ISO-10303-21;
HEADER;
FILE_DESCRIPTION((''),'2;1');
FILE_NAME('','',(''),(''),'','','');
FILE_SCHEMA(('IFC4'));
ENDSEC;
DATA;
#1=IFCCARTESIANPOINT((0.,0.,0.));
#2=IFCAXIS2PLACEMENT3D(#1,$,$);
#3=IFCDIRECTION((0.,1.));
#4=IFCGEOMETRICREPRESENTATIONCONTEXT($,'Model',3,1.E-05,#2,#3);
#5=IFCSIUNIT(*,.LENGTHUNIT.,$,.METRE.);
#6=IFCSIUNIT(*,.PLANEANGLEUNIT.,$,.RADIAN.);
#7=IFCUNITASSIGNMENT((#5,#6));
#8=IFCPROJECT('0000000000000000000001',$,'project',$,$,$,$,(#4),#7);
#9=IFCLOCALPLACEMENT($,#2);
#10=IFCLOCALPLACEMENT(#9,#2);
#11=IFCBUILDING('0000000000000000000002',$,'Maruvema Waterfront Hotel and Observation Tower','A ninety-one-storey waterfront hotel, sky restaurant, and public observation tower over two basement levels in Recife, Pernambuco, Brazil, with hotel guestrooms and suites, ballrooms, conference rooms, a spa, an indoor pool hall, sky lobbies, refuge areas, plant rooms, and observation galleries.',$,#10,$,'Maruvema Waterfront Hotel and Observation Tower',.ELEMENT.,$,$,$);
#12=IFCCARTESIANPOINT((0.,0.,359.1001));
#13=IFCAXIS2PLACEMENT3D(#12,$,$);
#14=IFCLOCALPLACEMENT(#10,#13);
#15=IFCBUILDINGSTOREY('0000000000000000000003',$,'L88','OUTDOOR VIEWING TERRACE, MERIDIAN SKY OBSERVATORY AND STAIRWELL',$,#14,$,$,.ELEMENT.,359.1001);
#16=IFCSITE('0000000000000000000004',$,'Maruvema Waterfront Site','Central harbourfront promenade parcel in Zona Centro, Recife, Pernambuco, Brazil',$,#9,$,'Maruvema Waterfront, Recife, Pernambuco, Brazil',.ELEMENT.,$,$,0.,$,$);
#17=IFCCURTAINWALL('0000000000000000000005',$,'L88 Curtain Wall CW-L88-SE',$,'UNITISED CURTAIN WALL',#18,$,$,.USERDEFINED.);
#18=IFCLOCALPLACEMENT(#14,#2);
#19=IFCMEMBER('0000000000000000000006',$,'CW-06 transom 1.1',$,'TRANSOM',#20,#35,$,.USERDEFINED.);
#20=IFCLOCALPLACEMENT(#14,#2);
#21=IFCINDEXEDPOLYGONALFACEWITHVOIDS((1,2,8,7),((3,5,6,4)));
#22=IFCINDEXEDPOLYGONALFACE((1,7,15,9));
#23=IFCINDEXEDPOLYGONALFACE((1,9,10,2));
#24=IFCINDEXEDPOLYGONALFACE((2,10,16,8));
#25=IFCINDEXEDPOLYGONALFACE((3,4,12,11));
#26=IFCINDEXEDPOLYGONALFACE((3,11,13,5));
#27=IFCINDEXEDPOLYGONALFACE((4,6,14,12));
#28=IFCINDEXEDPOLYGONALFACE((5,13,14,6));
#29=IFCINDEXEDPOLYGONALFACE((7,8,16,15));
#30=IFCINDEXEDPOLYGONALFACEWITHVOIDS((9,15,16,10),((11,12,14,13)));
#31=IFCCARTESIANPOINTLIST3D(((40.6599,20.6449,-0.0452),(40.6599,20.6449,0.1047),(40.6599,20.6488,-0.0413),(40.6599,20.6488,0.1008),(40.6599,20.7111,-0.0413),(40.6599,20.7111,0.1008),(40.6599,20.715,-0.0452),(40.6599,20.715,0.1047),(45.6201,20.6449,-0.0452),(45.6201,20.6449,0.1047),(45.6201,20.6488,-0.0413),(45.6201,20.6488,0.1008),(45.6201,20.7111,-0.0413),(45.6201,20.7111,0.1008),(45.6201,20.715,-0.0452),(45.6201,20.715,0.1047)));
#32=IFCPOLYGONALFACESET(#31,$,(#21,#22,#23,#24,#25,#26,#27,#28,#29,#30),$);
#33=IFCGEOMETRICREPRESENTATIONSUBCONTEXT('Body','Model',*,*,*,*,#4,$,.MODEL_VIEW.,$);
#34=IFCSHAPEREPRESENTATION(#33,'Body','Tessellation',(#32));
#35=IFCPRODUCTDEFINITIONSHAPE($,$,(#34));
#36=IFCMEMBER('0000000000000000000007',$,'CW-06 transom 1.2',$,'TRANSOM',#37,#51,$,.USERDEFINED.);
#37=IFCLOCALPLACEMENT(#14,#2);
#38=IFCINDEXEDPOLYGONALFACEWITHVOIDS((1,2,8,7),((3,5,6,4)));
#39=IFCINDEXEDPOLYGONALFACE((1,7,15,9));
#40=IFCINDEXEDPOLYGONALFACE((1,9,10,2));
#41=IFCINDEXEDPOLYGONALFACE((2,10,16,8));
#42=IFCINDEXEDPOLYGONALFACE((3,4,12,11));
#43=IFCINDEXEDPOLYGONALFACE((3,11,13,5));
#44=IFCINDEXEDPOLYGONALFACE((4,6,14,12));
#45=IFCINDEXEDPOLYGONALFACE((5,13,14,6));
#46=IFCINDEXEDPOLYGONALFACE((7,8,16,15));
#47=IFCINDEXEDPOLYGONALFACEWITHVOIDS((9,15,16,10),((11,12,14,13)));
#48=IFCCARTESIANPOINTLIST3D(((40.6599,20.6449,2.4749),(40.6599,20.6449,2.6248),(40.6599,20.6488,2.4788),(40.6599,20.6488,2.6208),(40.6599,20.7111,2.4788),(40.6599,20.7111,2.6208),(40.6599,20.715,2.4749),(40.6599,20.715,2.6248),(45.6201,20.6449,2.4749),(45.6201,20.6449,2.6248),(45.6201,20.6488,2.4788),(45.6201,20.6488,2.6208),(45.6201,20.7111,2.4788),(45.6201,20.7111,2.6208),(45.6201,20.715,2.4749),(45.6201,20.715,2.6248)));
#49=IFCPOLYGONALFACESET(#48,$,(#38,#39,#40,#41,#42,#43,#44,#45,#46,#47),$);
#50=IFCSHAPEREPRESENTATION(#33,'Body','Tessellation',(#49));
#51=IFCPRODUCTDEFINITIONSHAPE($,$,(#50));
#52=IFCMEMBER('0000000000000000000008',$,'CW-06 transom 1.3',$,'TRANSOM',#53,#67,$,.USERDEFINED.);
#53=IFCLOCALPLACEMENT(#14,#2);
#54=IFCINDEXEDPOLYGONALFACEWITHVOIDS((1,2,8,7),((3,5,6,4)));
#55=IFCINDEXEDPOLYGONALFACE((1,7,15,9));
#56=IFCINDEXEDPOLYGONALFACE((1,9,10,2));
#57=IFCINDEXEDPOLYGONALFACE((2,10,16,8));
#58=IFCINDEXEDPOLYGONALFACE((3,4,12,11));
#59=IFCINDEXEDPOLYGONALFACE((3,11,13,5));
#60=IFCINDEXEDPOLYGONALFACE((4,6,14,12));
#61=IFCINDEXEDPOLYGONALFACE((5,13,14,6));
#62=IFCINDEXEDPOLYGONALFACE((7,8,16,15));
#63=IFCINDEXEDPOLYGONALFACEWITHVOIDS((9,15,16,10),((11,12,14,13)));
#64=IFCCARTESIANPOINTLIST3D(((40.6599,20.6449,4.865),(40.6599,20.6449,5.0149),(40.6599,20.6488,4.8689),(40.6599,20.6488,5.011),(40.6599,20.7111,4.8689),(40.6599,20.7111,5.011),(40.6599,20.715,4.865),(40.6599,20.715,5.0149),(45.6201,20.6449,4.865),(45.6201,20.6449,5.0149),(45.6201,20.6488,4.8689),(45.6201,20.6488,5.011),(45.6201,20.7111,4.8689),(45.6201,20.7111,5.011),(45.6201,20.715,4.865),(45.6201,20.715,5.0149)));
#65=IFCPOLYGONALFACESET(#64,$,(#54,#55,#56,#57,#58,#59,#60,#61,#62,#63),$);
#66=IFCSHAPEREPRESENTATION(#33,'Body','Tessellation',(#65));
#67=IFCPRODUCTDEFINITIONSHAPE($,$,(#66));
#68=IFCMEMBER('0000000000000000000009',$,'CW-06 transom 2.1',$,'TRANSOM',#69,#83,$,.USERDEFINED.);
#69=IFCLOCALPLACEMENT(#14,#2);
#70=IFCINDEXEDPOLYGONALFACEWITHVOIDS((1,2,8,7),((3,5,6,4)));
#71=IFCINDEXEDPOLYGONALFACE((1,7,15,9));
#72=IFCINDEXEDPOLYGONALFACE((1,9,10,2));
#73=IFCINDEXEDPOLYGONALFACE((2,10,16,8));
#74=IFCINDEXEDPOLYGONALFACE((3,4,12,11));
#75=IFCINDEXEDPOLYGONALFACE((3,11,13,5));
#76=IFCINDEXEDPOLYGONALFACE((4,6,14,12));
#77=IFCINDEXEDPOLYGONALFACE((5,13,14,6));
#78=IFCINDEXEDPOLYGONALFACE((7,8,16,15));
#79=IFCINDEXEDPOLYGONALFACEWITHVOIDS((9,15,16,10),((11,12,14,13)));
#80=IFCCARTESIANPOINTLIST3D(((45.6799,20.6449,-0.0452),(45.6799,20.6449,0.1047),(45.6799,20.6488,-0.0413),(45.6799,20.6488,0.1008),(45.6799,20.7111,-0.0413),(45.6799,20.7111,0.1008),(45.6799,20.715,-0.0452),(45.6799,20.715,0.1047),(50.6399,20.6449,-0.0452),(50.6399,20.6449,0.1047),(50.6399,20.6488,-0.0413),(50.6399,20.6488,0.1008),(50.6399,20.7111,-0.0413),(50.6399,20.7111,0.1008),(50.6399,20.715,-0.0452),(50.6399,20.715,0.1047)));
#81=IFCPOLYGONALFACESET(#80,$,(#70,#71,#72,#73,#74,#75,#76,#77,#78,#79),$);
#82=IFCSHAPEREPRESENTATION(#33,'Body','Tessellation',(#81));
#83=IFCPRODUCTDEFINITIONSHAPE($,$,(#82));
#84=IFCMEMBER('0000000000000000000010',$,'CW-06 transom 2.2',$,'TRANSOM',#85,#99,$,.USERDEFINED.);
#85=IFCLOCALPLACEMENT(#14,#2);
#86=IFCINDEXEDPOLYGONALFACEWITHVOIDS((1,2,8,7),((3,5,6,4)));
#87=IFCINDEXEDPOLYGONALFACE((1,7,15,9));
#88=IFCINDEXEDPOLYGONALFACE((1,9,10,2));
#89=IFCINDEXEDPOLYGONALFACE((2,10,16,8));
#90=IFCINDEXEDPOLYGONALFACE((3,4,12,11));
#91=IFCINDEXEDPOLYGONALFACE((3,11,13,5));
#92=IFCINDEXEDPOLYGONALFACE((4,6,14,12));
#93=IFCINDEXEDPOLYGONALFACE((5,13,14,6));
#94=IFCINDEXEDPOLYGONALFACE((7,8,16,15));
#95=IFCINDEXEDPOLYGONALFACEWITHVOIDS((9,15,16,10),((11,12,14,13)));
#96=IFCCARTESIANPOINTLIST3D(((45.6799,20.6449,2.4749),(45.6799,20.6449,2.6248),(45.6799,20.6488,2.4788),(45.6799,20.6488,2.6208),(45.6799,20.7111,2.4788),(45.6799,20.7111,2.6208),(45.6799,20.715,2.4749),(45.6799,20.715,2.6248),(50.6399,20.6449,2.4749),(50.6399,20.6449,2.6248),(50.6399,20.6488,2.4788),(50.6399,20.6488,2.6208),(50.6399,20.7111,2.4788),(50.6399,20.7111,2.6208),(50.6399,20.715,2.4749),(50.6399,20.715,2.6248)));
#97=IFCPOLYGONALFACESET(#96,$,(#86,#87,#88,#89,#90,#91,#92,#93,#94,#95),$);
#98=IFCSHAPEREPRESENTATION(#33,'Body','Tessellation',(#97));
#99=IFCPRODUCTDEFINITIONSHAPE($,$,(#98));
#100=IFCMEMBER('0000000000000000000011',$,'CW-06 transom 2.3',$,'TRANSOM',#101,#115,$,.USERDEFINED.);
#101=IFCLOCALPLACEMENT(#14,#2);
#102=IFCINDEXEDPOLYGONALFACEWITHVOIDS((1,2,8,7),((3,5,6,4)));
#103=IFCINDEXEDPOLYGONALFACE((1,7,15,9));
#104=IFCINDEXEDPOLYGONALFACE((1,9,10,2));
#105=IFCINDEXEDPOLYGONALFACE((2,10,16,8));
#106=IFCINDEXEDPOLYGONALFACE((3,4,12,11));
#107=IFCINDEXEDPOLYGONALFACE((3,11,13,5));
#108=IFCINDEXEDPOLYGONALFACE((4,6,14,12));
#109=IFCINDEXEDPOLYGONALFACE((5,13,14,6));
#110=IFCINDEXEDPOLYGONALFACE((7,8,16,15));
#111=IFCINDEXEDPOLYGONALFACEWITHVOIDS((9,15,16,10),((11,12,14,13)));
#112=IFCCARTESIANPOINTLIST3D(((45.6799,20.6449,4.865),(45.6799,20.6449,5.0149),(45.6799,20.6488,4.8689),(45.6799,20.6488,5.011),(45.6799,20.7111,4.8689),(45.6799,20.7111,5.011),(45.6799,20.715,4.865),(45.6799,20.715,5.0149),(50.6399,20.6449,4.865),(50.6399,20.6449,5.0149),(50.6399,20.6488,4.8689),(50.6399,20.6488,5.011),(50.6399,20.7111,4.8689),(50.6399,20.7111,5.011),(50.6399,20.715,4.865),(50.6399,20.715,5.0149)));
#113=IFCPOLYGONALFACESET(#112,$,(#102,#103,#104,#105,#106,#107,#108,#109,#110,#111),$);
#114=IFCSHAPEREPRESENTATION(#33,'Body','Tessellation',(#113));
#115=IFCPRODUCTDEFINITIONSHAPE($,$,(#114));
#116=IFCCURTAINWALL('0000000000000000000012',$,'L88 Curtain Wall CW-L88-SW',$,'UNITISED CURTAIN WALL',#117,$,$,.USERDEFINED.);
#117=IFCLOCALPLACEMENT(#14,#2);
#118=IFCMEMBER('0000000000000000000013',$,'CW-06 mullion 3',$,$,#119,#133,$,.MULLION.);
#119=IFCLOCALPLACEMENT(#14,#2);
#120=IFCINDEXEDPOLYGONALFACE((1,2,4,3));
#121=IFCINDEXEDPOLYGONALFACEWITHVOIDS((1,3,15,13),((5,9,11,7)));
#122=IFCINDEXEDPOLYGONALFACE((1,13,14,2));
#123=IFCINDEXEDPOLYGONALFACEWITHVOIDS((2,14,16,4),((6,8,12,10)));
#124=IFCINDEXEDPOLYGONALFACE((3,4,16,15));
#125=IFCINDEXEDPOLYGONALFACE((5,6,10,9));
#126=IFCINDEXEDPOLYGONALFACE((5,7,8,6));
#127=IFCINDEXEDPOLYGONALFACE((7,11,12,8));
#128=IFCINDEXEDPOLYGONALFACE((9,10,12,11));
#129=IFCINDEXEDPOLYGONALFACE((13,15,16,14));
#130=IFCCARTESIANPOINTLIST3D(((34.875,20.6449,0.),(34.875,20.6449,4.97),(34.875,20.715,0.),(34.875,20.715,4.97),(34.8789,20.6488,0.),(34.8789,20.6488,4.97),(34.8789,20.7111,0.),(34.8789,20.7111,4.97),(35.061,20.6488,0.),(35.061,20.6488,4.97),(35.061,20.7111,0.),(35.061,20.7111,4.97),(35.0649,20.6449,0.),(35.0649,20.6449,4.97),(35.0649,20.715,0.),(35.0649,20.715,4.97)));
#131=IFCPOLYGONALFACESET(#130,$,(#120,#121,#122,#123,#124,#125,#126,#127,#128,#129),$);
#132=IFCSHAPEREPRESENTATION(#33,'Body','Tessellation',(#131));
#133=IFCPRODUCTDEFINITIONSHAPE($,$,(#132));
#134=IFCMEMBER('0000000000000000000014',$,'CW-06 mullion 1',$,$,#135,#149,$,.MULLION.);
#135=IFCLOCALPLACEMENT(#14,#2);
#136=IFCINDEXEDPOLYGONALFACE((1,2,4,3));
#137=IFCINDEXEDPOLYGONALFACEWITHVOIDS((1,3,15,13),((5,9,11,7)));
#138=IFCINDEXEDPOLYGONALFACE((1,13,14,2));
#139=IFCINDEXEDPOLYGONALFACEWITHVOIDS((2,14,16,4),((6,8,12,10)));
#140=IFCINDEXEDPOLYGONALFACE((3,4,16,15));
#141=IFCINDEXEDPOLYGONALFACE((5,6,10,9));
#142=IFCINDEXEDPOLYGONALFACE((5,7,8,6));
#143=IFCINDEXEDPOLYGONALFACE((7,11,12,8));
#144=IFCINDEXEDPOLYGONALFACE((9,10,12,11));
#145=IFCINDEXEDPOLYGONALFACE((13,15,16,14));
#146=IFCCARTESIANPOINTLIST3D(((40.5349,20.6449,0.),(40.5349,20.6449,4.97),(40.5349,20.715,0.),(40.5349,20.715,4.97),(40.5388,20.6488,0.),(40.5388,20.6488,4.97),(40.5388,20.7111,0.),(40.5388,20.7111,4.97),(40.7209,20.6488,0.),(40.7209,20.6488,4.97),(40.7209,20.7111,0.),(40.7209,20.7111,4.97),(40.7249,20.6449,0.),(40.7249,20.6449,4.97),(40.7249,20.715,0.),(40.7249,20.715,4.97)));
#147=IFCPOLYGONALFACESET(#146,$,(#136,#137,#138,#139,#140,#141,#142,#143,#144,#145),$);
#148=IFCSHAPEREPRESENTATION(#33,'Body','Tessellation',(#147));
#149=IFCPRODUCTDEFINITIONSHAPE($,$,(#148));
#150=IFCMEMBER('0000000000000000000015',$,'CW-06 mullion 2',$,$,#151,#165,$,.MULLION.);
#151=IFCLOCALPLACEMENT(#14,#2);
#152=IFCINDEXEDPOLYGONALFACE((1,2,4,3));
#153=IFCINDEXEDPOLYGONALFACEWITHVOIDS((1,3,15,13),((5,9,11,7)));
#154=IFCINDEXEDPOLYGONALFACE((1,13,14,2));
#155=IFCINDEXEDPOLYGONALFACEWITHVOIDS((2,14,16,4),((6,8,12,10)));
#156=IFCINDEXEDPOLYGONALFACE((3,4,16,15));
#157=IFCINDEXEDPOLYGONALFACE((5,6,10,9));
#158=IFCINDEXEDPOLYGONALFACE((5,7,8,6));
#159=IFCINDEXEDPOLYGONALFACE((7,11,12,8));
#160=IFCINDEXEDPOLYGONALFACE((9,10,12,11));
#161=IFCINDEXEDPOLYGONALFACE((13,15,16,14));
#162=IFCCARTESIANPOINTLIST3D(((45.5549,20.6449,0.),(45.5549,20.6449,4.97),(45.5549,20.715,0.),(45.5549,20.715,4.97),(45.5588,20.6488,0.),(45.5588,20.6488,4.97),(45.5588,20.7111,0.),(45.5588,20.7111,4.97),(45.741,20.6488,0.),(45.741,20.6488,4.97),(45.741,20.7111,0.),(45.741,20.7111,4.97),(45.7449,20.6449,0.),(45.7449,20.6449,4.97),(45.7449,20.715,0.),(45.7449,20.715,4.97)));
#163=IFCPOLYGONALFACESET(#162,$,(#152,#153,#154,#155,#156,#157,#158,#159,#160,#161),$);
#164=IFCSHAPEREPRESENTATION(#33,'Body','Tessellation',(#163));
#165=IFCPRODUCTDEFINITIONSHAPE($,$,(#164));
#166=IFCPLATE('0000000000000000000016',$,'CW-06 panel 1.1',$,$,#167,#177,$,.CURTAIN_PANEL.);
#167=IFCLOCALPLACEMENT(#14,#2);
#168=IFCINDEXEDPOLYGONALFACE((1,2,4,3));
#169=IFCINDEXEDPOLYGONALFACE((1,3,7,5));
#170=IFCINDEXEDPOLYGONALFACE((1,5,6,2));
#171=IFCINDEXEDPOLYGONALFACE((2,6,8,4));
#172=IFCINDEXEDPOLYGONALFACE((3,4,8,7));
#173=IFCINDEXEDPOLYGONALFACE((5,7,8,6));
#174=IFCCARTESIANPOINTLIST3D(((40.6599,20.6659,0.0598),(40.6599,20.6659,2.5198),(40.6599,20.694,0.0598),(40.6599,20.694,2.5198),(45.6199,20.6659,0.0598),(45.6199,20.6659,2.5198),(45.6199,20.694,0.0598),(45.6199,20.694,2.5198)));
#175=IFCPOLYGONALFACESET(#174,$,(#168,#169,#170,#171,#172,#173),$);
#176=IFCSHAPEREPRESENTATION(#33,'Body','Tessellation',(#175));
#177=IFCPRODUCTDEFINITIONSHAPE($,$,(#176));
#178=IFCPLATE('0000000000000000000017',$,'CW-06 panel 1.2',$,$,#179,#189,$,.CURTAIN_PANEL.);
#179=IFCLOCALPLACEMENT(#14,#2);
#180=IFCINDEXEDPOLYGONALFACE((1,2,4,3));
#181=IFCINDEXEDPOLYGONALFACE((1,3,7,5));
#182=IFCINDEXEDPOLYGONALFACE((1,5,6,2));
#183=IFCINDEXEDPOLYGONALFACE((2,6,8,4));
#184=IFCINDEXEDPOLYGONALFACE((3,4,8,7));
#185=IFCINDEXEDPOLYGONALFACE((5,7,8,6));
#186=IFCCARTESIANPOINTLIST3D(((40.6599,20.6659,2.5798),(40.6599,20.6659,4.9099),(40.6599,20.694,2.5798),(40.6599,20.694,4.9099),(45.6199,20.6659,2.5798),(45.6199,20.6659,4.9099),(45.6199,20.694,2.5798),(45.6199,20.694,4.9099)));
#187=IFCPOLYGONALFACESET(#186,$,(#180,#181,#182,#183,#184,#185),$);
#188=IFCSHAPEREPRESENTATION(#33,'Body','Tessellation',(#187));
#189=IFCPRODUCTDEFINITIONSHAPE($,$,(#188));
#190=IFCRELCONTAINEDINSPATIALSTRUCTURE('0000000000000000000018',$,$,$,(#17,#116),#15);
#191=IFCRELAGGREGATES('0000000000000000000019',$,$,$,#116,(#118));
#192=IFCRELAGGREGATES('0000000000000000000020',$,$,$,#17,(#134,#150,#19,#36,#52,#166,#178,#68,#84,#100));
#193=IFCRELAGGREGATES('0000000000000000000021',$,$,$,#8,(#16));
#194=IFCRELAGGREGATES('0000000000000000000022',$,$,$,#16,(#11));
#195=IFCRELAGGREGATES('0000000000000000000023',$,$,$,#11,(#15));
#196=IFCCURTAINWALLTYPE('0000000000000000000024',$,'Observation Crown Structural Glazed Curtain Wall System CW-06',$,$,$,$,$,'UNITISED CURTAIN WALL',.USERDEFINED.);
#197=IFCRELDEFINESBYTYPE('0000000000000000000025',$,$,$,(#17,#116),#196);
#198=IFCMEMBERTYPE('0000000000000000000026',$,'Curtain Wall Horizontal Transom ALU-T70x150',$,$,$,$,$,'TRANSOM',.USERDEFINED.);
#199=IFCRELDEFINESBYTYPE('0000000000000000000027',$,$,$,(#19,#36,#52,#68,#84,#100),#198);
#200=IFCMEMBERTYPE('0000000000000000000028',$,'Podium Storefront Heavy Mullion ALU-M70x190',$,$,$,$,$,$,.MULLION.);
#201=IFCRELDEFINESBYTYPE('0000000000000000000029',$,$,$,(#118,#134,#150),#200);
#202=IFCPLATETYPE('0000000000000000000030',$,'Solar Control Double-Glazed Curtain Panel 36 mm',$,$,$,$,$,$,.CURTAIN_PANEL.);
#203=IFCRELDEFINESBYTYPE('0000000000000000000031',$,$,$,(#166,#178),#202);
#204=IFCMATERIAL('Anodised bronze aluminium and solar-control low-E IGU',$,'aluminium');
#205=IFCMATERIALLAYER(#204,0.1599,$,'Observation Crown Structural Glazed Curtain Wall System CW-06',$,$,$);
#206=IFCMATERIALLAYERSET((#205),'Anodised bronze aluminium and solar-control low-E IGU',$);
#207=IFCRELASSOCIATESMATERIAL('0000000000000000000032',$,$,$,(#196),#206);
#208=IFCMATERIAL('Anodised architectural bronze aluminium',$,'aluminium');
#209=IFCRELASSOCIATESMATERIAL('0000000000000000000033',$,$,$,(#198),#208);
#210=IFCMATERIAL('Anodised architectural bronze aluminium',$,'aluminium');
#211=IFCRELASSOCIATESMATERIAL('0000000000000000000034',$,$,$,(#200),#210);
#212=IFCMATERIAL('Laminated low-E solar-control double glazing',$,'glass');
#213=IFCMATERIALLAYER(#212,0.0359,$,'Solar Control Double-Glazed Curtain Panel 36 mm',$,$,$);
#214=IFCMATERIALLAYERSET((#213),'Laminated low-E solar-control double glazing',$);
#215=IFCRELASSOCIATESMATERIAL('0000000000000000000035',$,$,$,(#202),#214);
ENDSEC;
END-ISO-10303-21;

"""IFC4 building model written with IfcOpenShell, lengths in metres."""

from ifc_helpers import new_model, si_unit, direction, frame, origin, origin_2d, place, context, subcontext, project, spatial, rectangle, hollow_rectangle, extrude, material, layer, layer_set, material_profile, profile_set, type_object, element, aggregate, save


model = new_model("IFC4")

# Units and contexts
model_context = context("Model", 3, precision=1e-05, world=origin(), true_north=direction((0.0, 1.0)))
body_context = subcontext(model_context, "Body", "Model", "MODEL_VIEW")
ifc_project = project(units=[si_unit("LENGTHUNIT", "METRE"), si_unit("PLANEANGLEUNIT", "RADIAN")], contexts=[model_context])

# Site, building, storey
site_placement = place(None, origin())
site = spatial("IfcSite", under=ifc_project, at=site_placement, Name="Maruvema Waterfront Site", Description="Central harbourfront promenade parcel in Zona Centro, Recife, Pernambuco, Brazil", LongName="Maruvema Waterfront, Recife, Pernambuco, Brazil", CompositionType="ELEMENT", RefElevation=0.0)
building_placement = place(site_placement, origin())
building = spatial("IfcBuilding", under=site, at=building_placement, Name="Maruvema Waterfront Hotel and Observation Tower", Description="A ninety-one-storey waterfront hotel, sky restaurant, and public observation tower over two basement levels in Recife, Pernambuco, Brazil, with hotel guestrooms and suites, ballrooms, conference rooms, a spa, an indoor pool hall, sky lobbies, refuge areas, plant rooms, and observation galleries.", LongName="Maruvema Waterfront Hotel and Observation Tower", CompositionType="ELEMENT")
storey_placement = place(building_placement, frame((0.0, 0.0, 359.1001)))
storey = spatial("IfcBuildingStorey", under=building, at=storey_placement, Name="L88", Description="OUTDOOR VIEWING TERRACE, MERIDIAN SKY OBSERVATORY AND STAIRWELL", CompositionType="ELEMENT", Elevation=359.1001)

# Curtain wall, members
ifc_material_1 = material(Name="Anodised bronze aluminium and solar-control low-E IGU", Category="aluminium")
ifc_layer_1 = layer(ifc_material_1, 0.1599, Name="Observation Crown Structural Glazed Curtain Wall System CW-06")
ifc_layer_set_1 = layer_set([ifc_layer_1], Name="Anodised bronze aluminium and solar-control low-E IGU")
curtain_wall_type = type_object("IfcCurtainWallType", Name="Observation Crown Structural Glazed Curtain Wall System CW-06", ElementType="UNITISED CURTAIN WALL", PredefinedType="USERDEFINED", material=ifc_layer_set_1)
curtain_wall_1_placement = place(storey_placement, origin())
curtain_wall_1 = element("IfcCurtainWall", 1, at=curtain_wall_1_placement, inside=storey, type_object=curtain_wall_type, Name="L88 Curtain Wall CW-L88-SE", ObjectType="UNITISED CURTAIN WALL", PredefinedType="USERDEFINED")
ifc_material_2 = material(Name="Anodised architectural bronze aluminium", Category="aluminium")
ifc_material_profile_1 = material_profile(ifc_material_2, hollow_rectangle(XDim=0.0701, YDim=0.1499, WallThickness=0.0039, at=origin_2d()), Name="ALU-T70x150")
ifc_profile_set_1 = profile_set([ifc_material_profile_1], Name="Anodised architectural bronze aluminium")
member_type_1 = type_object("IfcMemberType", Name="Curtain Wall Horizontal Transom ALU-T70x150", ElementType="TRANSOM", PredefinedType="USERDEFINED", material=ifc_profile_set_1)
member_1_placement = place(storey_placement, frame((40.6599, 20.6799, 0.0298), z_axis=(1.0, 0.0, 0.0), x_axis=(0.0, 1.0, 0.0)))
member_1 = element("IfcMember", 2, at=member_1_placement, type_object=member_type_1, Name="CW-06 transom 1.1", ObjectType="TRANSOM", PredefinedType="USERDEFINED", context=body_context, shape_type="SweptSolid", body=[
    extrude(hollow_rectangle(XDim=0.0701, YDim=0.1499, WallThickness=0.0039, at=origin_2d()), origin(), (0.0, 0.0, 1.0), 4.9602),
])
member_2_placement = place(storey_placement, frame((40.6599, 20.6799, 2.5498), z_axis=(1.0, 0.0, 0.0), x_axis=(0.0, 1.0, 0.0)))
member_2 = element("IfcMember", 3, at=member_2_placement, type_object=member_type_1, Name="CW-06 transom 1.2", ObjectType="TRANSOM", PredefinedType="USERDEFINED", context=body_context, shape_type="SweptSolid", body=[
    extrude(hollow_rectangle(XDim=0.0701, YDim=0.1499, WallThickness=0.0039, at=origin_2d()), origin(), (0.0, 0.0, 1.0), 4.9602),
])
member_3_placement = place(storey_placement, frame((40.6599, 20.6799, 4.9399), z_axis=(1.0, 0.0, 0.0), x_axis=(0.0, 1.0, 0.0)))
member_3 = element("IfcMember", 4, at=member_3_placement, type_object=member_type_1, Name="CW-06 transom 1.3", ObjectType="TRANSOM", PredefinedType="USERDEFINED", context=body_context, shape_type="SweptSolid", body=[
    extrude(hollow_rectangle(XDim=0.0701, YDim=0.1499, WallThickness=0.0039, at=origin_2d()), origin(), (0.0, 0.0, 1.0), 4.9602),
])
member_4_placement = place(storey_placement, frame((45.6799, 20.6799, 0.0298), z_axis=(1.0, 0.0, 0.0), x_axis=(0.0, 1.0, 0.0)))
member_4 = element("IfcMember", 5, at=member_4_placement, type_object=member_type_1, Name="CW-06 transom 2.1", ObjectType="TRANSOM", PredefinedType="USERDEFINED", context=body_context, shape_type="SweptSolid", body=[
    extrude(hollow_rectangle(XDim=0.0701, YDim=0.1499, WallThickness=0.0039, at=origin_2d()), origin(), (0.0, 0.0, 1.0), 4.96),
])
member_5_placement = place(storey_placement, frame((45.6799, 20.6799, 2.5498), z_axis=(1.0, 0.0, 0.0), x_axis=(0.0, 1.0, 0.0)))
member_5 = element("IfcMember", 6, at=member_5_placement, type_object=member_type_1, Name="CW-06 transom 2.2", ObjectType="TRANSOM", PredefinedType="USERDEFINED", context=body_context, shape_type="SweptSolid", body=[
    extrude(hollow_rectangle(XDim=0.0701, YDim=0.1499, WallThickness=0.0039, at=origin_2d()), origin(), (0.0, 0.0, 1.0), 4.96),
])
member_6_placement = place(storey_placement, frame((45.6799, 20.6799, 4.9399), z_axis=(1.0, 0.0, 0.0), x_axis=(0.0, 1.0, 0.0)))
member_6 = element("IfcMember", 7, at=member_6_placement, type_object=member_type_1, Name="CW-06 transom 2.3", ObjectType="TRANSOM", PredefinedType="USERDEFINED", context=body_context, shape_type="SweptSolid", body=[
    extrude(hollow_rectangle(XDim=0.0701, YDim=0.1499, WallThickness=0.0039, at=origin_2d()), origin(), (0.0, 0.0, 1.0), 4.96),
])

# Curtain wall, member
curtain_wall_2_placement = place(storey_placement, origin())
curtain_wall_2 = element("IfcCurtainWall", 8, at=curtain_wall_2_placement, inside=storey, type_object=curtain_wall_type, Name="L88 Curtain Wall CW-L88-SW", ObjectType="UNITISED CURTAIN WALL", PredefinedType="USERDEFINED")
ifc_material_3 = material(Name="Anodised architectural bronze aluminium", Category="aluminium")
ifc_material_profile_2 = material_profile(ifc_material_3, hollow_rectangle(XDim=0.0701, YDim=0.1899, WallThickness=0.0039, at=origin_2d()), Name="ALU-M70x190")
ifc_profile_set_2 = profile_set([ifc_material_profile_2], Name="Anodised architectural bronze aluminium")
member_type_2 = type_object("IfcMemberType", Name="Podium Storefront Heavy Mullion ALU-M70x190", PredefinedType="MULLION", material=ifc_profile_set_2)
member_7_placement = place(storey_placement, frame((34.97, 20.6799, 0.0), z_axis=(0.0, 0.0, 1.0), x_axis=(0.0, 1.0, 0.0)))
member_7 = element("IfcMember", 9, at=member_7_placement, type_object=member_type_2, Name="CW-06 mullion 3", PredefinedType="MULLION", context=body_context, shape_type="SweptSolid", body=[
    extrude(hollow_rectangle(XDim=0.0701, YDim=0.1899, WallThickness=0.0039, at=origin_2d()), origin(), (0.0, 0.0, 1.0), 4.97),
])
aggregate(curtain_wall_2, [member_7])

# Members
member_8_placement = place(storey_placement, frame((40.6299, 20.6799, 0.0), z_axis=(0.0, 0.0, 1.0), x_axis=(0.0, 1.0, 0.0)))
member_8 = element("IfcMember", 10, at=member_8_placement, type_object=member_type_2, Name="CW-06 mullion 1", PredefinedType="MULLION", context=body_context, shape_type="SweptSolid", body=[
    extrude(hollow_rectangle(XDim=0.0701, YDim=0.1899, WallThickness=0.0039, at=origin_2d()), origin(), (0.0, 0.0, 1.0), 4.97),
])
member_9_placement = place(storey_placement, frame((45.6499, 20.6799, 0.0), z_axis=(0.0, 0.0, 1.0), x_axis=(0.0, 1.0, 0.0)))
member_9 = element("IfcMember", 11, at=member_9_placement, type_object=member_type_2, Name="CW-06 mullion 2", PredefinedType="MULLION", context=body_context, shape_type="SweptSolid", body=[
    extrude(hollow_rectangle(XDim=0.0701, YDim=0.1899, WallThickness=0.0039, at=origin_2d()), origin(), (0.0, 0.0, 1.0), 4.97),
])

# Plates
ifc_material_4 = material(Name="Laminated low-E solar-control double glazing", Category="glass")
ifc_layer_2 = layer(ifc_material_4, 0.0359, Name="Solar Control Double-Glazed Curtain Panel 36 mm")
ifc_layer_set_2 = layer_set([ifc_layer_2], Name="Laminated low-E solar-control double glazing")
plate_type = type_object("IfcPlateType", Name="Solar Control Double-Glazed Curtain Panel 36 mm", PredefinedType="CURTAIN_PANEL", material=ifc_layer_set_2)
plate_1_placement = place(storey_placement, frame((43.1399, 20.6799, 0.0598), z_axis=(0.0, 0.0, 1.0), x_axis=(1.0, 0.0, 0.0)))
plate_1 = element("IfcPlate", 12, at=plate_1_placement, type_object=plate_type, Name="CW-06 panel 1.1", PredefinedType="CURTAIN_PANEL", context=body_context, shape_type="SweptSolid", body=[
    extrude(rectangle(XDim=4.96, YDim=0.0281, at=origin_2d()), origin(), (0.0, 0.0, 1.0), 2.46),
])
plate_2_placement = place(storey_placement, frame((43.1399, 20.6799, 2.5798), z_axis=(0.0, 0.0, 1.0), x_axis=(1.0, 0.0, 0.0)))
plate_2 = element("IfcPlate", 13, at=plate_2_placement, type_object=plate_type, Name="CW-06 panel 1.2", PredefinedType="CURTAIN_PANEL", context=body_context, shape_type="SweptSolid", body=[
    extrude(rectangle(XDim=4.96, YDim=0.0281, at=origin_2d()), origin(), (0.0, 0.0, 1.0), 2.3301),
])
aggregate(curtain_wall_1, [member_8, member_9, member_1, member_2, member_3, plate_1, plate_2, member_4, member_5, member_6])

save(model, "model.ifc")
